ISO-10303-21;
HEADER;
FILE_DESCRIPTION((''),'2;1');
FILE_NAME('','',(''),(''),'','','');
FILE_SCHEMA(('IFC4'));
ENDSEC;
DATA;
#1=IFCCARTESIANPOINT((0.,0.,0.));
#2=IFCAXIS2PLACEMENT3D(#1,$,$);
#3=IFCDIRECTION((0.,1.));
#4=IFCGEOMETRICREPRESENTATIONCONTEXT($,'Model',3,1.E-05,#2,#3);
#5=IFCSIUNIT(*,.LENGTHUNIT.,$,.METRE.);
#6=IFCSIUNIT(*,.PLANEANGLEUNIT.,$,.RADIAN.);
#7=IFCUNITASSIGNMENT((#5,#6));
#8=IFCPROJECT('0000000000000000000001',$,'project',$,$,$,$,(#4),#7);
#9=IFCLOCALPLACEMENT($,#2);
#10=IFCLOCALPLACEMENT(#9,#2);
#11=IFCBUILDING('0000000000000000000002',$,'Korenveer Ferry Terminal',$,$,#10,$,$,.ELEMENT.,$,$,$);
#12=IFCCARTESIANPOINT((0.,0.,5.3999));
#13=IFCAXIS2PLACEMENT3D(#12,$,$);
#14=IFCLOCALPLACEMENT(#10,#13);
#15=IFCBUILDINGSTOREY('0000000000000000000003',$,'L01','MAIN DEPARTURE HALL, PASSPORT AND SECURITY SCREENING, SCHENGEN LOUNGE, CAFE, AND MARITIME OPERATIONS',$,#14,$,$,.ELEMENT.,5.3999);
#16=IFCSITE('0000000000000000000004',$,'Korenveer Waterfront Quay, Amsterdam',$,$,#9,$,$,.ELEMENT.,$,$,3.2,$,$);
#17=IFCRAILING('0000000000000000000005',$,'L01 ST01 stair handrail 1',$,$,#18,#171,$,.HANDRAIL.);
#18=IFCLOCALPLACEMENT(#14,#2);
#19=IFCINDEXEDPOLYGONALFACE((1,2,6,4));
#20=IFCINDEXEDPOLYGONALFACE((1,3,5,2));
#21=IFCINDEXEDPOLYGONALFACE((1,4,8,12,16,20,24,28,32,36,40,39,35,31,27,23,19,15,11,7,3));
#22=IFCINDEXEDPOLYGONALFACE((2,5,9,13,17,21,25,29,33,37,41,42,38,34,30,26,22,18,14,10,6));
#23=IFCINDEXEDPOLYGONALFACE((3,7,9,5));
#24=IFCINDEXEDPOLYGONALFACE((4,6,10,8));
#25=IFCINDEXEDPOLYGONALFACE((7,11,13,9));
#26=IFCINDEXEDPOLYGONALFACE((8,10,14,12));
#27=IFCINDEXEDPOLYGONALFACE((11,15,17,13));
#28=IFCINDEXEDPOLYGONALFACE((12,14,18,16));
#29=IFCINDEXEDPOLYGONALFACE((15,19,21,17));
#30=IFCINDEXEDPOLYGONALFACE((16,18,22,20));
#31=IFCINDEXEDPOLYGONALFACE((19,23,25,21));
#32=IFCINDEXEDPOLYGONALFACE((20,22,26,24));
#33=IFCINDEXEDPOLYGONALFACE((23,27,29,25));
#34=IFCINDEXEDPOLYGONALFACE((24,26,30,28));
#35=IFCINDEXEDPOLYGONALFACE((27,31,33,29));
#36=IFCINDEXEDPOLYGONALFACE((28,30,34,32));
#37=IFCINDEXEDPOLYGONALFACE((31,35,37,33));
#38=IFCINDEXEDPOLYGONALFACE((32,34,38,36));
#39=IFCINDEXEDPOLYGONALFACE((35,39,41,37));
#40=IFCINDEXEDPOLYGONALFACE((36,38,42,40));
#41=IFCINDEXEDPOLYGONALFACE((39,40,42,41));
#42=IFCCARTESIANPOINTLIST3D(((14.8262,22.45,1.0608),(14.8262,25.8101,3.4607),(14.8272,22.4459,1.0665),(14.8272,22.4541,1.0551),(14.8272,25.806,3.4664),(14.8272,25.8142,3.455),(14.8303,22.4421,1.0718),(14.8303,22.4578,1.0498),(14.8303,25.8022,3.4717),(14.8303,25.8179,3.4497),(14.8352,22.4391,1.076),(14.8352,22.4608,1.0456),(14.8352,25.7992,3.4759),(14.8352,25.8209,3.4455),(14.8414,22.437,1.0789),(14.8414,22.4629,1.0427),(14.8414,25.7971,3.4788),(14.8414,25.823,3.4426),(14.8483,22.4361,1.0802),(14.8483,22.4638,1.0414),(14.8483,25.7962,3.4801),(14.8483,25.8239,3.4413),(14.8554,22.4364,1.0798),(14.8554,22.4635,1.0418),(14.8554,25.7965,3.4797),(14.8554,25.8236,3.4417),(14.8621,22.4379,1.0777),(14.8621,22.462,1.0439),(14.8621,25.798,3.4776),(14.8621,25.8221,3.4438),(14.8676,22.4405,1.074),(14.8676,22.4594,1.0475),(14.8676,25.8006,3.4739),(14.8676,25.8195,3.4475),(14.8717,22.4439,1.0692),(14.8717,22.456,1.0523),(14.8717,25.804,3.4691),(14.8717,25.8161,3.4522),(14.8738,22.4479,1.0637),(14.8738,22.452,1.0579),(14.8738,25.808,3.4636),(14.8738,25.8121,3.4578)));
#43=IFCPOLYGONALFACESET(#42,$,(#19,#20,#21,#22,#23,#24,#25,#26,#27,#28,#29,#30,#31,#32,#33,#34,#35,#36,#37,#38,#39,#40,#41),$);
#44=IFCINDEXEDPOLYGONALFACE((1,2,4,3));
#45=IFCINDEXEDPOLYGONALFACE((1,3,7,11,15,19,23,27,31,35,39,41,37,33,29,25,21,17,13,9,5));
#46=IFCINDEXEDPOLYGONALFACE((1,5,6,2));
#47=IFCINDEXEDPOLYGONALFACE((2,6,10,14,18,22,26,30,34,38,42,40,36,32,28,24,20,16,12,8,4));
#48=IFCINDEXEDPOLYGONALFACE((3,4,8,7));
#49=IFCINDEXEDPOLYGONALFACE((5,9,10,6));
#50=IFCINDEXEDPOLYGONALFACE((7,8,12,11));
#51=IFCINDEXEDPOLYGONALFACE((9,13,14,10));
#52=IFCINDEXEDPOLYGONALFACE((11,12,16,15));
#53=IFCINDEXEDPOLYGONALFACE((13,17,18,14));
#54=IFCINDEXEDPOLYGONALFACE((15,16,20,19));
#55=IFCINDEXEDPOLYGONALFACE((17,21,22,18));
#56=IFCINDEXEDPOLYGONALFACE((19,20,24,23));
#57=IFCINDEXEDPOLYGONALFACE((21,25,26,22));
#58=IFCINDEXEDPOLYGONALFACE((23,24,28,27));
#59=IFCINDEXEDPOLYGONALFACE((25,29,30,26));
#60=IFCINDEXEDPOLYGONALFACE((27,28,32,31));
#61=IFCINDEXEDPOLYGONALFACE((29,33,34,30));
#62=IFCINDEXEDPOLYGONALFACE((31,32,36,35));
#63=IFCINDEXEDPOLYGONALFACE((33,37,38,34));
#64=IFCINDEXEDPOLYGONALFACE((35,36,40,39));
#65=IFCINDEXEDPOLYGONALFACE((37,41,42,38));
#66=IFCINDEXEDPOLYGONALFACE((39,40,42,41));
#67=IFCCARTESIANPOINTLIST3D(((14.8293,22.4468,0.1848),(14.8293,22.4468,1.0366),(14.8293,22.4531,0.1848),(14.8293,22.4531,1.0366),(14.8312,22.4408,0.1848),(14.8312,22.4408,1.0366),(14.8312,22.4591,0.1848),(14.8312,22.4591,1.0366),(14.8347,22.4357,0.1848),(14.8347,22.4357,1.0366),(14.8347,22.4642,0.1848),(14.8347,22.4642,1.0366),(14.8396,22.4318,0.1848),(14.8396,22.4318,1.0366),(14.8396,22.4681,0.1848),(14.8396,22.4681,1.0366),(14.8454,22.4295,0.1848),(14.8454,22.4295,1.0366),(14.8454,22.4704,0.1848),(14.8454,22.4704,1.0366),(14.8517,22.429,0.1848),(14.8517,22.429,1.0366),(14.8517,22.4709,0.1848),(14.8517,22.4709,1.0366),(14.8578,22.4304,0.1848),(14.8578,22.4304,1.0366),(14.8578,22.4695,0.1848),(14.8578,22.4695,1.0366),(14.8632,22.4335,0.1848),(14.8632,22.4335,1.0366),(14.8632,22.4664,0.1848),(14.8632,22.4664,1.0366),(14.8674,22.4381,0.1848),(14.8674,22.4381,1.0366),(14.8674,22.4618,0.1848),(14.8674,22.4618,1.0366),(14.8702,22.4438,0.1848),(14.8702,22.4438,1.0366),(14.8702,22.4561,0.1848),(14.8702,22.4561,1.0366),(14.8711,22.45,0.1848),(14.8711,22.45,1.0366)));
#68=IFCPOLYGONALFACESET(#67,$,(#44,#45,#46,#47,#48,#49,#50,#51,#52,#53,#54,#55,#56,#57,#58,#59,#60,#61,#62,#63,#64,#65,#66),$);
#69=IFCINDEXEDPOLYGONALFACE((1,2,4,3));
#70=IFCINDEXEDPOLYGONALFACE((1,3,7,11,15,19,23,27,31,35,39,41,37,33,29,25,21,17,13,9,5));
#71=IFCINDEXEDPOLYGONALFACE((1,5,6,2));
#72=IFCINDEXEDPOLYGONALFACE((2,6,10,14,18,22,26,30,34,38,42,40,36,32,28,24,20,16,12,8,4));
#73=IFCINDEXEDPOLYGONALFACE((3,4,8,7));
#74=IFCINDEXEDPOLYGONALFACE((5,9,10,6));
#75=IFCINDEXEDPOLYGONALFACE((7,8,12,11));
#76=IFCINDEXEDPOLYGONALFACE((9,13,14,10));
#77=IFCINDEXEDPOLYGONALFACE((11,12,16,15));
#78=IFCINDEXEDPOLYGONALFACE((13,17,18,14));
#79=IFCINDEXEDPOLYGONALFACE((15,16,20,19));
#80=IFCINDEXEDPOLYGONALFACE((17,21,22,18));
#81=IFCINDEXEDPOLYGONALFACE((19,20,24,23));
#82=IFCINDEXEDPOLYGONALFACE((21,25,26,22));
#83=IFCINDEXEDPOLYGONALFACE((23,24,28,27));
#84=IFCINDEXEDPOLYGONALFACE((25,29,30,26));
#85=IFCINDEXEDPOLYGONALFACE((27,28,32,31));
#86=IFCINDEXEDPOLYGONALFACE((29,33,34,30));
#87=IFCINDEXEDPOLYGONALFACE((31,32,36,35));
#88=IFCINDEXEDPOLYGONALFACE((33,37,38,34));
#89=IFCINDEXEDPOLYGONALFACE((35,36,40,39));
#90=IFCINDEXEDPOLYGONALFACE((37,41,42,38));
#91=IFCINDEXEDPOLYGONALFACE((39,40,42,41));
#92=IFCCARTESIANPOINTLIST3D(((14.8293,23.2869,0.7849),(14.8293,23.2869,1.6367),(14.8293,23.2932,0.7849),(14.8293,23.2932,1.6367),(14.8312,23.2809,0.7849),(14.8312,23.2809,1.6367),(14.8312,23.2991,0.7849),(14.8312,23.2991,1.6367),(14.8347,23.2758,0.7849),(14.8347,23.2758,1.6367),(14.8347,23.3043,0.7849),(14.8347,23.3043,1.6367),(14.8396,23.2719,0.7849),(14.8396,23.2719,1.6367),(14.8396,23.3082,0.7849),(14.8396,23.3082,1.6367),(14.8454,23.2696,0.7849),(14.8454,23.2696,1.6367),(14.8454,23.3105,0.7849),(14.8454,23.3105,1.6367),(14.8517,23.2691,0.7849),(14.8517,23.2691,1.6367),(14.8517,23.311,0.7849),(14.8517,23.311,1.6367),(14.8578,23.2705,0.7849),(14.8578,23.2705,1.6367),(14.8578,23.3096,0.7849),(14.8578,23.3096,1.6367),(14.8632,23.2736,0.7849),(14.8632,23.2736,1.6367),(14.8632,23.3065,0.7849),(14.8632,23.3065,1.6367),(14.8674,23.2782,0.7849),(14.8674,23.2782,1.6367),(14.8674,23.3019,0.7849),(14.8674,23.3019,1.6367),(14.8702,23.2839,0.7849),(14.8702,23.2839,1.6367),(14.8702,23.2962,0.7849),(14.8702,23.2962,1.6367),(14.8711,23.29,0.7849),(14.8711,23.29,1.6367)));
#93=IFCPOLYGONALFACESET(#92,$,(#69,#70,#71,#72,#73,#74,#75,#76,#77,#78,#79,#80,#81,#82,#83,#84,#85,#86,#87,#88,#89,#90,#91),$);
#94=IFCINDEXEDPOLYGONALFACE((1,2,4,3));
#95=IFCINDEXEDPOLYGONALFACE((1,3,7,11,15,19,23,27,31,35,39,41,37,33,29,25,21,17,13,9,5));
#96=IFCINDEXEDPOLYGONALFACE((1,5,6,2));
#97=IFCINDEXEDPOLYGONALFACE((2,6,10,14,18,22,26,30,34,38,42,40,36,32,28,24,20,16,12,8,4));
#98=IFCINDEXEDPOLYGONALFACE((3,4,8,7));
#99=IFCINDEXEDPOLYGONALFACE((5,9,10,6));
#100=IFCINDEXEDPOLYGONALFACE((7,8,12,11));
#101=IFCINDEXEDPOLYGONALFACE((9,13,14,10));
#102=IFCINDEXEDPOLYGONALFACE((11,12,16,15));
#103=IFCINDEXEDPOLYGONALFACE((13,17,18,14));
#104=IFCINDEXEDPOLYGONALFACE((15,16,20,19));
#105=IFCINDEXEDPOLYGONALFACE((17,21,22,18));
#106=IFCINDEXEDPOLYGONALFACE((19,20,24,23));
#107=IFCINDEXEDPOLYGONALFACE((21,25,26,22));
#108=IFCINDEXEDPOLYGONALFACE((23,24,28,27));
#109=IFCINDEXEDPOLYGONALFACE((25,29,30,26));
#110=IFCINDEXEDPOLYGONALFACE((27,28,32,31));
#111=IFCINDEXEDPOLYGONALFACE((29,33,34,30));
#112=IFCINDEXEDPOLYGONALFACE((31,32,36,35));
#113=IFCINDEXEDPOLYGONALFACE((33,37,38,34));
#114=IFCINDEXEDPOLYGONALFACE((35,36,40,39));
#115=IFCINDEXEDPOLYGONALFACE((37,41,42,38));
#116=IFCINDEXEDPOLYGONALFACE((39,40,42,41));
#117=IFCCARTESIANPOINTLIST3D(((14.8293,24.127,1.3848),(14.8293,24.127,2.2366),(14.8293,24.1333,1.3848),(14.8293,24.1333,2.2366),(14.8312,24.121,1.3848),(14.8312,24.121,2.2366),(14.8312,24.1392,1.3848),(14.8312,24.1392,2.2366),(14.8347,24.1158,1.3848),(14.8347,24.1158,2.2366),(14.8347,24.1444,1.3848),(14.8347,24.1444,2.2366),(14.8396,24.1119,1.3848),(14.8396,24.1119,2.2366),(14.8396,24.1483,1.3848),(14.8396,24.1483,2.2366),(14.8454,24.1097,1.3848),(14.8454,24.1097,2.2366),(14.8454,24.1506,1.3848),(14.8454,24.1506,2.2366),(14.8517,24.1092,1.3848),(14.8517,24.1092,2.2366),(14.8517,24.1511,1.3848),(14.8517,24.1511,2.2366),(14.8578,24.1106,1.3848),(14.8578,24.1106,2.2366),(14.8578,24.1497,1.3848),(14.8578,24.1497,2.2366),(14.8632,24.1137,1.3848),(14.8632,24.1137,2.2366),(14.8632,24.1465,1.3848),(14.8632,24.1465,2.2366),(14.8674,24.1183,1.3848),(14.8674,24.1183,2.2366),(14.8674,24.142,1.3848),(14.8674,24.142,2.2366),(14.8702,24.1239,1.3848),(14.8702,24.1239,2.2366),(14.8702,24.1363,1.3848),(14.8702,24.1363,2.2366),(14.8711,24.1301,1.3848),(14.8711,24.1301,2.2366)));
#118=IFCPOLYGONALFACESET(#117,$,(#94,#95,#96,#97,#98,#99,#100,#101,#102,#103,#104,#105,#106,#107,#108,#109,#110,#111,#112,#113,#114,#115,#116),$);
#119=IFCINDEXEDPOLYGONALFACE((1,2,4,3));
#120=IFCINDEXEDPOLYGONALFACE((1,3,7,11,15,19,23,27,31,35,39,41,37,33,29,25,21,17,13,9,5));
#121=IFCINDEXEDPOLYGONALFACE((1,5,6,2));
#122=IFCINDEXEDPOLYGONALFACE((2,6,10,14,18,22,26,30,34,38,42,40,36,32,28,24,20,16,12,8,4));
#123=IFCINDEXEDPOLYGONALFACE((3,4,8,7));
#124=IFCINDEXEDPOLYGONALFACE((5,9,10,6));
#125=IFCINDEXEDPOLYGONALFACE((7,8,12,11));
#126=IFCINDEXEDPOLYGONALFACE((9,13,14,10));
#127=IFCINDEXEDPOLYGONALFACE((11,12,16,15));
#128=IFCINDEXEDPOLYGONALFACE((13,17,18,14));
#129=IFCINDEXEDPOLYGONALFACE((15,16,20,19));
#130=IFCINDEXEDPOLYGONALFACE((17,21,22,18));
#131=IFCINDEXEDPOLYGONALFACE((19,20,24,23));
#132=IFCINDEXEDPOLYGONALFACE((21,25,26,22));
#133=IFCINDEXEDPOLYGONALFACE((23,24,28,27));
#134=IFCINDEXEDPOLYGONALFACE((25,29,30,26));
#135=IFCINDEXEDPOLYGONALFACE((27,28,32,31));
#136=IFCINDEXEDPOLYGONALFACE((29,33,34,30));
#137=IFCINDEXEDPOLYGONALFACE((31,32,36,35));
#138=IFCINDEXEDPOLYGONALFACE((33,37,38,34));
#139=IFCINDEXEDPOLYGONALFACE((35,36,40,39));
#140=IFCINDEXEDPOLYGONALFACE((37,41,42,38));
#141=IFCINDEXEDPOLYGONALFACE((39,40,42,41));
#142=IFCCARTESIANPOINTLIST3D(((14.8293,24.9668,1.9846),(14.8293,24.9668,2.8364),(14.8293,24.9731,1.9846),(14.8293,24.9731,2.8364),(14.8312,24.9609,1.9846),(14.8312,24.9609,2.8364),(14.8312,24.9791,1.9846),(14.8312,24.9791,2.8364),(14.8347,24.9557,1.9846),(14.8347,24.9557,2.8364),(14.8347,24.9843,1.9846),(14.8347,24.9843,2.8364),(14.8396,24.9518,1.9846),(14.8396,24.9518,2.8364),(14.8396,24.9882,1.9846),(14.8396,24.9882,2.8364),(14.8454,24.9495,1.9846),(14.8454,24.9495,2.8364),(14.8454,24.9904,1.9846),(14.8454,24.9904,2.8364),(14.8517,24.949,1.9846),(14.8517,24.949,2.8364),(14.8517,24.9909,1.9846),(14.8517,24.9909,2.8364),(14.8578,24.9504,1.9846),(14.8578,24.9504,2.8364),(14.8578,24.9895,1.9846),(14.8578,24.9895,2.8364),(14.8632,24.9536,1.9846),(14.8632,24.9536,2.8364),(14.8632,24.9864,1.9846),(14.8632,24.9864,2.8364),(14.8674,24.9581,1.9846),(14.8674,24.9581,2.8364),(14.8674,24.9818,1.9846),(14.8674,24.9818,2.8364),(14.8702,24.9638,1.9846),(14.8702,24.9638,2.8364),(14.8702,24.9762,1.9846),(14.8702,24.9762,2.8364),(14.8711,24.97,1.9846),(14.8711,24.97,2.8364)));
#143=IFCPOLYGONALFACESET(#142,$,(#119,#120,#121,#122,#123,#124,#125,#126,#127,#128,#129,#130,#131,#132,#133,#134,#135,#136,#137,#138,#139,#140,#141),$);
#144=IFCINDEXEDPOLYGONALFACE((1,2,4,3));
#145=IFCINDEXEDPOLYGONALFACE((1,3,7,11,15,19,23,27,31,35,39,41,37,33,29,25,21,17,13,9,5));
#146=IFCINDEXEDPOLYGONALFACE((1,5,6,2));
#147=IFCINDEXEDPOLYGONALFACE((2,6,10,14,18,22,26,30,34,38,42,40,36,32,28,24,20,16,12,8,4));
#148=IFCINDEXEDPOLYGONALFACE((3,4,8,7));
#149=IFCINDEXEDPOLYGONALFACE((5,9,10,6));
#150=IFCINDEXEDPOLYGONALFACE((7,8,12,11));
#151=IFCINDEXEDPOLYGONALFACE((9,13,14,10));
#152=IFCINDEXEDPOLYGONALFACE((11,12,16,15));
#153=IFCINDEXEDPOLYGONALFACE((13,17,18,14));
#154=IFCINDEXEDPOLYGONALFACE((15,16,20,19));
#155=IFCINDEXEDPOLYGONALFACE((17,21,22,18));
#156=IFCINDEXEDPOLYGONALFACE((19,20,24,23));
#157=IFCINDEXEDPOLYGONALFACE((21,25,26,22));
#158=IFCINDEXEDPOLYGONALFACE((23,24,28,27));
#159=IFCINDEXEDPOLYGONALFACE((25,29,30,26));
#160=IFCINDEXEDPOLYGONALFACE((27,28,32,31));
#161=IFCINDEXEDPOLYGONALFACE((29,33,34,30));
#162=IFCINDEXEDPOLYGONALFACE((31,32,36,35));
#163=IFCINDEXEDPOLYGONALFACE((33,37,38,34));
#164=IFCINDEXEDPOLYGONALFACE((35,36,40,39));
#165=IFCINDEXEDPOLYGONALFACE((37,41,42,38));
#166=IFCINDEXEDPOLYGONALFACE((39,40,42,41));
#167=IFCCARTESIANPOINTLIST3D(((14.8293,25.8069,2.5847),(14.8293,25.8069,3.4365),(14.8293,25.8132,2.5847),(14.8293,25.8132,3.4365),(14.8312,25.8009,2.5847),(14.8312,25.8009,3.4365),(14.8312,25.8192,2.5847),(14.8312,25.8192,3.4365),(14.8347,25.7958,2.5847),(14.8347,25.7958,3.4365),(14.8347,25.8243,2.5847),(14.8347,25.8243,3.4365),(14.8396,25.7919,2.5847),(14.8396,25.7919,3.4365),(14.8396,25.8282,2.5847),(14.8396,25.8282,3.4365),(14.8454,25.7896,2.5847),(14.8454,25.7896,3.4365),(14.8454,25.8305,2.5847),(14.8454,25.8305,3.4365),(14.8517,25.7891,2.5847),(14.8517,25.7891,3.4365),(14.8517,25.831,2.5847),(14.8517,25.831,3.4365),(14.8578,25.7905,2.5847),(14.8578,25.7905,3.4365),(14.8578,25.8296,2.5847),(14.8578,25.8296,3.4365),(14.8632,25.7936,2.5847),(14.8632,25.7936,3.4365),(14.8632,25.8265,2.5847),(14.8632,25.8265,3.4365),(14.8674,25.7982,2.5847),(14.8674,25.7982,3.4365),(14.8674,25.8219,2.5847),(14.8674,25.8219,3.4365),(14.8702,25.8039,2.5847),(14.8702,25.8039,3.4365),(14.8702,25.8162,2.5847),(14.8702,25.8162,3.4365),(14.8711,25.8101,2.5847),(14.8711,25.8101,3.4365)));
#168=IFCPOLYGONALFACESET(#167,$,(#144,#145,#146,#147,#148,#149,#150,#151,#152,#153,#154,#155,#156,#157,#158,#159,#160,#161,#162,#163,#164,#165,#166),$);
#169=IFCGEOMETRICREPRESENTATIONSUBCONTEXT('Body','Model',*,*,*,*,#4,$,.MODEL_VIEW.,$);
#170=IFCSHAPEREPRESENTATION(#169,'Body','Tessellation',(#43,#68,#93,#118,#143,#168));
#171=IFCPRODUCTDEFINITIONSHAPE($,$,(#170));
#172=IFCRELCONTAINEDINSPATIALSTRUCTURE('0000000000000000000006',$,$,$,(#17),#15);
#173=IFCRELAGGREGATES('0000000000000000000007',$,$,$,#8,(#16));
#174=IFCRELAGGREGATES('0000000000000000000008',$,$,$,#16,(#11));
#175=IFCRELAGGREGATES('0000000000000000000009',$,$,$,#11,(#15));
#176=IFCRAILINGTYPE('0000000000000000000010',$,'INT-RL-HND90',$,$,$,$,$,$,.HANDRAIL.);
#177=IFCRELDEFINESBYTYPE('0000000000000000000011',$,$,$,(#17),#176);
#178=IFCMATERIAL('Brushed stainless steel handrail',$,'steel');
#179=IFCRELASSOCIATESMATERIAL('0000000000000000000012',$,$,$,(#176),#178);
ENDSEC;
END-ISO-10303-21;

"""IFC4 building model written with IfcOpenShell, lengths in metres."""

from ifc_helpers import new_model, si_unit, direction, frame, origin, origin_2d, place, context, subcontext, project, spatial, circle, extrude, material, type_object, element, save


model = new_model("IFC4")

# Units and contexts
model_context = context("Model", 3, precision=1e-05, world=origin(), true_north=direction((0.0, 1.0)))
body_context = subcontext(model_context, "Body", "Model", "MODEL_VIEW")
ifc_project = project(units=[si_unit("LENGTHUNIT", "METRE"), si_unit("PLANEANGLEUNIT", "RADIAN")], contexts=[model_context])

# Site, building, storey
site_placement = place(None, origin())
site = spatial("IfcSite", under=ifc_project, at=site_placement, Name="Korenveer Waterfront Quay, Amsterdam", CompositionType="ELEMENT", RefElevation=3.2)
building_placement = place(site_placement, origin())
building = spatial("IfcBuilding", under=site, at=building_placement, Name="Korenveer Ferry Terminal", CompositionType="ELEMENT")
storey_placement = place(building_placement, frame((0.0, 0.0, 5.3999)))
storey = spatial("IfcBuildingStorey", under=building, at=storey_placement, Name="L01", Description="MAIN DEPARTURE HALL, PASSPORT AND SECURITY SCREENING, SCHENGEN LOUNGE, CAFE, AND MARITIME OPERATIONS", CompositionType="ELEMENT", Elevation=5.3999)

# Railing
ifc_material_1 = material(Name="Brushed stainless steel handrail", Category="steel")
railing_type_1 = type_object("IfcRailingType", Name="INT-RL-HND90", PredefinedType="HANDRAIL", material=ifc_material_1)
railing_1_placement = place(storey_placement, frame((14.8501, 22.45, 0.1848)))
element("IfcRailing", 1, at=railing_1_placement, inside=storey, type_object=railing_type_1, Name="L01 ST01 stair handrail 1", PredefinedType="HANDRAIL", context=body_context, shape_type="SweptSolid", body=[
    extrude(circle(Radius=0.0239, at=origin_2d()), frame((0.0, 0.0, 0.876), z_axis=(0.0, 0.813753, 0.58121), x_axis=(-1.0, 0.0, 0.0)), (0.0, 0.0, 1.0), 4.1292),
    extrude(circle(Radius=0.021, at=origin_2d()), origin(), (0.0, 0.0, 1.0), 0.8518),
    extrude(circle(Radius=0.021, at=origin_2d()), frame((0.0, 0.8401, 0.6001)), (0.0, 0.0, 1.0), 0.8518),
    extrude(circle(Radius=0.021, at=origin_2d()), frame((0.0, 1.6802, 1.2)), (0.0, 0.0, 1.0), 0.8518),
    extrude(circle(Radius=0.021, at=origin_2d()), frame((0.0, 2.52, 1.7998)), (0.0, 0.0, 1.0), 0.8518),
    extrude(circle(Radius=0.021, at=origin_2d()), frame((0.0, 3.3601, 2.3999)), (0.0, 0.0, 1.0), 0.8518),
])

save(model, "model.ifc")
